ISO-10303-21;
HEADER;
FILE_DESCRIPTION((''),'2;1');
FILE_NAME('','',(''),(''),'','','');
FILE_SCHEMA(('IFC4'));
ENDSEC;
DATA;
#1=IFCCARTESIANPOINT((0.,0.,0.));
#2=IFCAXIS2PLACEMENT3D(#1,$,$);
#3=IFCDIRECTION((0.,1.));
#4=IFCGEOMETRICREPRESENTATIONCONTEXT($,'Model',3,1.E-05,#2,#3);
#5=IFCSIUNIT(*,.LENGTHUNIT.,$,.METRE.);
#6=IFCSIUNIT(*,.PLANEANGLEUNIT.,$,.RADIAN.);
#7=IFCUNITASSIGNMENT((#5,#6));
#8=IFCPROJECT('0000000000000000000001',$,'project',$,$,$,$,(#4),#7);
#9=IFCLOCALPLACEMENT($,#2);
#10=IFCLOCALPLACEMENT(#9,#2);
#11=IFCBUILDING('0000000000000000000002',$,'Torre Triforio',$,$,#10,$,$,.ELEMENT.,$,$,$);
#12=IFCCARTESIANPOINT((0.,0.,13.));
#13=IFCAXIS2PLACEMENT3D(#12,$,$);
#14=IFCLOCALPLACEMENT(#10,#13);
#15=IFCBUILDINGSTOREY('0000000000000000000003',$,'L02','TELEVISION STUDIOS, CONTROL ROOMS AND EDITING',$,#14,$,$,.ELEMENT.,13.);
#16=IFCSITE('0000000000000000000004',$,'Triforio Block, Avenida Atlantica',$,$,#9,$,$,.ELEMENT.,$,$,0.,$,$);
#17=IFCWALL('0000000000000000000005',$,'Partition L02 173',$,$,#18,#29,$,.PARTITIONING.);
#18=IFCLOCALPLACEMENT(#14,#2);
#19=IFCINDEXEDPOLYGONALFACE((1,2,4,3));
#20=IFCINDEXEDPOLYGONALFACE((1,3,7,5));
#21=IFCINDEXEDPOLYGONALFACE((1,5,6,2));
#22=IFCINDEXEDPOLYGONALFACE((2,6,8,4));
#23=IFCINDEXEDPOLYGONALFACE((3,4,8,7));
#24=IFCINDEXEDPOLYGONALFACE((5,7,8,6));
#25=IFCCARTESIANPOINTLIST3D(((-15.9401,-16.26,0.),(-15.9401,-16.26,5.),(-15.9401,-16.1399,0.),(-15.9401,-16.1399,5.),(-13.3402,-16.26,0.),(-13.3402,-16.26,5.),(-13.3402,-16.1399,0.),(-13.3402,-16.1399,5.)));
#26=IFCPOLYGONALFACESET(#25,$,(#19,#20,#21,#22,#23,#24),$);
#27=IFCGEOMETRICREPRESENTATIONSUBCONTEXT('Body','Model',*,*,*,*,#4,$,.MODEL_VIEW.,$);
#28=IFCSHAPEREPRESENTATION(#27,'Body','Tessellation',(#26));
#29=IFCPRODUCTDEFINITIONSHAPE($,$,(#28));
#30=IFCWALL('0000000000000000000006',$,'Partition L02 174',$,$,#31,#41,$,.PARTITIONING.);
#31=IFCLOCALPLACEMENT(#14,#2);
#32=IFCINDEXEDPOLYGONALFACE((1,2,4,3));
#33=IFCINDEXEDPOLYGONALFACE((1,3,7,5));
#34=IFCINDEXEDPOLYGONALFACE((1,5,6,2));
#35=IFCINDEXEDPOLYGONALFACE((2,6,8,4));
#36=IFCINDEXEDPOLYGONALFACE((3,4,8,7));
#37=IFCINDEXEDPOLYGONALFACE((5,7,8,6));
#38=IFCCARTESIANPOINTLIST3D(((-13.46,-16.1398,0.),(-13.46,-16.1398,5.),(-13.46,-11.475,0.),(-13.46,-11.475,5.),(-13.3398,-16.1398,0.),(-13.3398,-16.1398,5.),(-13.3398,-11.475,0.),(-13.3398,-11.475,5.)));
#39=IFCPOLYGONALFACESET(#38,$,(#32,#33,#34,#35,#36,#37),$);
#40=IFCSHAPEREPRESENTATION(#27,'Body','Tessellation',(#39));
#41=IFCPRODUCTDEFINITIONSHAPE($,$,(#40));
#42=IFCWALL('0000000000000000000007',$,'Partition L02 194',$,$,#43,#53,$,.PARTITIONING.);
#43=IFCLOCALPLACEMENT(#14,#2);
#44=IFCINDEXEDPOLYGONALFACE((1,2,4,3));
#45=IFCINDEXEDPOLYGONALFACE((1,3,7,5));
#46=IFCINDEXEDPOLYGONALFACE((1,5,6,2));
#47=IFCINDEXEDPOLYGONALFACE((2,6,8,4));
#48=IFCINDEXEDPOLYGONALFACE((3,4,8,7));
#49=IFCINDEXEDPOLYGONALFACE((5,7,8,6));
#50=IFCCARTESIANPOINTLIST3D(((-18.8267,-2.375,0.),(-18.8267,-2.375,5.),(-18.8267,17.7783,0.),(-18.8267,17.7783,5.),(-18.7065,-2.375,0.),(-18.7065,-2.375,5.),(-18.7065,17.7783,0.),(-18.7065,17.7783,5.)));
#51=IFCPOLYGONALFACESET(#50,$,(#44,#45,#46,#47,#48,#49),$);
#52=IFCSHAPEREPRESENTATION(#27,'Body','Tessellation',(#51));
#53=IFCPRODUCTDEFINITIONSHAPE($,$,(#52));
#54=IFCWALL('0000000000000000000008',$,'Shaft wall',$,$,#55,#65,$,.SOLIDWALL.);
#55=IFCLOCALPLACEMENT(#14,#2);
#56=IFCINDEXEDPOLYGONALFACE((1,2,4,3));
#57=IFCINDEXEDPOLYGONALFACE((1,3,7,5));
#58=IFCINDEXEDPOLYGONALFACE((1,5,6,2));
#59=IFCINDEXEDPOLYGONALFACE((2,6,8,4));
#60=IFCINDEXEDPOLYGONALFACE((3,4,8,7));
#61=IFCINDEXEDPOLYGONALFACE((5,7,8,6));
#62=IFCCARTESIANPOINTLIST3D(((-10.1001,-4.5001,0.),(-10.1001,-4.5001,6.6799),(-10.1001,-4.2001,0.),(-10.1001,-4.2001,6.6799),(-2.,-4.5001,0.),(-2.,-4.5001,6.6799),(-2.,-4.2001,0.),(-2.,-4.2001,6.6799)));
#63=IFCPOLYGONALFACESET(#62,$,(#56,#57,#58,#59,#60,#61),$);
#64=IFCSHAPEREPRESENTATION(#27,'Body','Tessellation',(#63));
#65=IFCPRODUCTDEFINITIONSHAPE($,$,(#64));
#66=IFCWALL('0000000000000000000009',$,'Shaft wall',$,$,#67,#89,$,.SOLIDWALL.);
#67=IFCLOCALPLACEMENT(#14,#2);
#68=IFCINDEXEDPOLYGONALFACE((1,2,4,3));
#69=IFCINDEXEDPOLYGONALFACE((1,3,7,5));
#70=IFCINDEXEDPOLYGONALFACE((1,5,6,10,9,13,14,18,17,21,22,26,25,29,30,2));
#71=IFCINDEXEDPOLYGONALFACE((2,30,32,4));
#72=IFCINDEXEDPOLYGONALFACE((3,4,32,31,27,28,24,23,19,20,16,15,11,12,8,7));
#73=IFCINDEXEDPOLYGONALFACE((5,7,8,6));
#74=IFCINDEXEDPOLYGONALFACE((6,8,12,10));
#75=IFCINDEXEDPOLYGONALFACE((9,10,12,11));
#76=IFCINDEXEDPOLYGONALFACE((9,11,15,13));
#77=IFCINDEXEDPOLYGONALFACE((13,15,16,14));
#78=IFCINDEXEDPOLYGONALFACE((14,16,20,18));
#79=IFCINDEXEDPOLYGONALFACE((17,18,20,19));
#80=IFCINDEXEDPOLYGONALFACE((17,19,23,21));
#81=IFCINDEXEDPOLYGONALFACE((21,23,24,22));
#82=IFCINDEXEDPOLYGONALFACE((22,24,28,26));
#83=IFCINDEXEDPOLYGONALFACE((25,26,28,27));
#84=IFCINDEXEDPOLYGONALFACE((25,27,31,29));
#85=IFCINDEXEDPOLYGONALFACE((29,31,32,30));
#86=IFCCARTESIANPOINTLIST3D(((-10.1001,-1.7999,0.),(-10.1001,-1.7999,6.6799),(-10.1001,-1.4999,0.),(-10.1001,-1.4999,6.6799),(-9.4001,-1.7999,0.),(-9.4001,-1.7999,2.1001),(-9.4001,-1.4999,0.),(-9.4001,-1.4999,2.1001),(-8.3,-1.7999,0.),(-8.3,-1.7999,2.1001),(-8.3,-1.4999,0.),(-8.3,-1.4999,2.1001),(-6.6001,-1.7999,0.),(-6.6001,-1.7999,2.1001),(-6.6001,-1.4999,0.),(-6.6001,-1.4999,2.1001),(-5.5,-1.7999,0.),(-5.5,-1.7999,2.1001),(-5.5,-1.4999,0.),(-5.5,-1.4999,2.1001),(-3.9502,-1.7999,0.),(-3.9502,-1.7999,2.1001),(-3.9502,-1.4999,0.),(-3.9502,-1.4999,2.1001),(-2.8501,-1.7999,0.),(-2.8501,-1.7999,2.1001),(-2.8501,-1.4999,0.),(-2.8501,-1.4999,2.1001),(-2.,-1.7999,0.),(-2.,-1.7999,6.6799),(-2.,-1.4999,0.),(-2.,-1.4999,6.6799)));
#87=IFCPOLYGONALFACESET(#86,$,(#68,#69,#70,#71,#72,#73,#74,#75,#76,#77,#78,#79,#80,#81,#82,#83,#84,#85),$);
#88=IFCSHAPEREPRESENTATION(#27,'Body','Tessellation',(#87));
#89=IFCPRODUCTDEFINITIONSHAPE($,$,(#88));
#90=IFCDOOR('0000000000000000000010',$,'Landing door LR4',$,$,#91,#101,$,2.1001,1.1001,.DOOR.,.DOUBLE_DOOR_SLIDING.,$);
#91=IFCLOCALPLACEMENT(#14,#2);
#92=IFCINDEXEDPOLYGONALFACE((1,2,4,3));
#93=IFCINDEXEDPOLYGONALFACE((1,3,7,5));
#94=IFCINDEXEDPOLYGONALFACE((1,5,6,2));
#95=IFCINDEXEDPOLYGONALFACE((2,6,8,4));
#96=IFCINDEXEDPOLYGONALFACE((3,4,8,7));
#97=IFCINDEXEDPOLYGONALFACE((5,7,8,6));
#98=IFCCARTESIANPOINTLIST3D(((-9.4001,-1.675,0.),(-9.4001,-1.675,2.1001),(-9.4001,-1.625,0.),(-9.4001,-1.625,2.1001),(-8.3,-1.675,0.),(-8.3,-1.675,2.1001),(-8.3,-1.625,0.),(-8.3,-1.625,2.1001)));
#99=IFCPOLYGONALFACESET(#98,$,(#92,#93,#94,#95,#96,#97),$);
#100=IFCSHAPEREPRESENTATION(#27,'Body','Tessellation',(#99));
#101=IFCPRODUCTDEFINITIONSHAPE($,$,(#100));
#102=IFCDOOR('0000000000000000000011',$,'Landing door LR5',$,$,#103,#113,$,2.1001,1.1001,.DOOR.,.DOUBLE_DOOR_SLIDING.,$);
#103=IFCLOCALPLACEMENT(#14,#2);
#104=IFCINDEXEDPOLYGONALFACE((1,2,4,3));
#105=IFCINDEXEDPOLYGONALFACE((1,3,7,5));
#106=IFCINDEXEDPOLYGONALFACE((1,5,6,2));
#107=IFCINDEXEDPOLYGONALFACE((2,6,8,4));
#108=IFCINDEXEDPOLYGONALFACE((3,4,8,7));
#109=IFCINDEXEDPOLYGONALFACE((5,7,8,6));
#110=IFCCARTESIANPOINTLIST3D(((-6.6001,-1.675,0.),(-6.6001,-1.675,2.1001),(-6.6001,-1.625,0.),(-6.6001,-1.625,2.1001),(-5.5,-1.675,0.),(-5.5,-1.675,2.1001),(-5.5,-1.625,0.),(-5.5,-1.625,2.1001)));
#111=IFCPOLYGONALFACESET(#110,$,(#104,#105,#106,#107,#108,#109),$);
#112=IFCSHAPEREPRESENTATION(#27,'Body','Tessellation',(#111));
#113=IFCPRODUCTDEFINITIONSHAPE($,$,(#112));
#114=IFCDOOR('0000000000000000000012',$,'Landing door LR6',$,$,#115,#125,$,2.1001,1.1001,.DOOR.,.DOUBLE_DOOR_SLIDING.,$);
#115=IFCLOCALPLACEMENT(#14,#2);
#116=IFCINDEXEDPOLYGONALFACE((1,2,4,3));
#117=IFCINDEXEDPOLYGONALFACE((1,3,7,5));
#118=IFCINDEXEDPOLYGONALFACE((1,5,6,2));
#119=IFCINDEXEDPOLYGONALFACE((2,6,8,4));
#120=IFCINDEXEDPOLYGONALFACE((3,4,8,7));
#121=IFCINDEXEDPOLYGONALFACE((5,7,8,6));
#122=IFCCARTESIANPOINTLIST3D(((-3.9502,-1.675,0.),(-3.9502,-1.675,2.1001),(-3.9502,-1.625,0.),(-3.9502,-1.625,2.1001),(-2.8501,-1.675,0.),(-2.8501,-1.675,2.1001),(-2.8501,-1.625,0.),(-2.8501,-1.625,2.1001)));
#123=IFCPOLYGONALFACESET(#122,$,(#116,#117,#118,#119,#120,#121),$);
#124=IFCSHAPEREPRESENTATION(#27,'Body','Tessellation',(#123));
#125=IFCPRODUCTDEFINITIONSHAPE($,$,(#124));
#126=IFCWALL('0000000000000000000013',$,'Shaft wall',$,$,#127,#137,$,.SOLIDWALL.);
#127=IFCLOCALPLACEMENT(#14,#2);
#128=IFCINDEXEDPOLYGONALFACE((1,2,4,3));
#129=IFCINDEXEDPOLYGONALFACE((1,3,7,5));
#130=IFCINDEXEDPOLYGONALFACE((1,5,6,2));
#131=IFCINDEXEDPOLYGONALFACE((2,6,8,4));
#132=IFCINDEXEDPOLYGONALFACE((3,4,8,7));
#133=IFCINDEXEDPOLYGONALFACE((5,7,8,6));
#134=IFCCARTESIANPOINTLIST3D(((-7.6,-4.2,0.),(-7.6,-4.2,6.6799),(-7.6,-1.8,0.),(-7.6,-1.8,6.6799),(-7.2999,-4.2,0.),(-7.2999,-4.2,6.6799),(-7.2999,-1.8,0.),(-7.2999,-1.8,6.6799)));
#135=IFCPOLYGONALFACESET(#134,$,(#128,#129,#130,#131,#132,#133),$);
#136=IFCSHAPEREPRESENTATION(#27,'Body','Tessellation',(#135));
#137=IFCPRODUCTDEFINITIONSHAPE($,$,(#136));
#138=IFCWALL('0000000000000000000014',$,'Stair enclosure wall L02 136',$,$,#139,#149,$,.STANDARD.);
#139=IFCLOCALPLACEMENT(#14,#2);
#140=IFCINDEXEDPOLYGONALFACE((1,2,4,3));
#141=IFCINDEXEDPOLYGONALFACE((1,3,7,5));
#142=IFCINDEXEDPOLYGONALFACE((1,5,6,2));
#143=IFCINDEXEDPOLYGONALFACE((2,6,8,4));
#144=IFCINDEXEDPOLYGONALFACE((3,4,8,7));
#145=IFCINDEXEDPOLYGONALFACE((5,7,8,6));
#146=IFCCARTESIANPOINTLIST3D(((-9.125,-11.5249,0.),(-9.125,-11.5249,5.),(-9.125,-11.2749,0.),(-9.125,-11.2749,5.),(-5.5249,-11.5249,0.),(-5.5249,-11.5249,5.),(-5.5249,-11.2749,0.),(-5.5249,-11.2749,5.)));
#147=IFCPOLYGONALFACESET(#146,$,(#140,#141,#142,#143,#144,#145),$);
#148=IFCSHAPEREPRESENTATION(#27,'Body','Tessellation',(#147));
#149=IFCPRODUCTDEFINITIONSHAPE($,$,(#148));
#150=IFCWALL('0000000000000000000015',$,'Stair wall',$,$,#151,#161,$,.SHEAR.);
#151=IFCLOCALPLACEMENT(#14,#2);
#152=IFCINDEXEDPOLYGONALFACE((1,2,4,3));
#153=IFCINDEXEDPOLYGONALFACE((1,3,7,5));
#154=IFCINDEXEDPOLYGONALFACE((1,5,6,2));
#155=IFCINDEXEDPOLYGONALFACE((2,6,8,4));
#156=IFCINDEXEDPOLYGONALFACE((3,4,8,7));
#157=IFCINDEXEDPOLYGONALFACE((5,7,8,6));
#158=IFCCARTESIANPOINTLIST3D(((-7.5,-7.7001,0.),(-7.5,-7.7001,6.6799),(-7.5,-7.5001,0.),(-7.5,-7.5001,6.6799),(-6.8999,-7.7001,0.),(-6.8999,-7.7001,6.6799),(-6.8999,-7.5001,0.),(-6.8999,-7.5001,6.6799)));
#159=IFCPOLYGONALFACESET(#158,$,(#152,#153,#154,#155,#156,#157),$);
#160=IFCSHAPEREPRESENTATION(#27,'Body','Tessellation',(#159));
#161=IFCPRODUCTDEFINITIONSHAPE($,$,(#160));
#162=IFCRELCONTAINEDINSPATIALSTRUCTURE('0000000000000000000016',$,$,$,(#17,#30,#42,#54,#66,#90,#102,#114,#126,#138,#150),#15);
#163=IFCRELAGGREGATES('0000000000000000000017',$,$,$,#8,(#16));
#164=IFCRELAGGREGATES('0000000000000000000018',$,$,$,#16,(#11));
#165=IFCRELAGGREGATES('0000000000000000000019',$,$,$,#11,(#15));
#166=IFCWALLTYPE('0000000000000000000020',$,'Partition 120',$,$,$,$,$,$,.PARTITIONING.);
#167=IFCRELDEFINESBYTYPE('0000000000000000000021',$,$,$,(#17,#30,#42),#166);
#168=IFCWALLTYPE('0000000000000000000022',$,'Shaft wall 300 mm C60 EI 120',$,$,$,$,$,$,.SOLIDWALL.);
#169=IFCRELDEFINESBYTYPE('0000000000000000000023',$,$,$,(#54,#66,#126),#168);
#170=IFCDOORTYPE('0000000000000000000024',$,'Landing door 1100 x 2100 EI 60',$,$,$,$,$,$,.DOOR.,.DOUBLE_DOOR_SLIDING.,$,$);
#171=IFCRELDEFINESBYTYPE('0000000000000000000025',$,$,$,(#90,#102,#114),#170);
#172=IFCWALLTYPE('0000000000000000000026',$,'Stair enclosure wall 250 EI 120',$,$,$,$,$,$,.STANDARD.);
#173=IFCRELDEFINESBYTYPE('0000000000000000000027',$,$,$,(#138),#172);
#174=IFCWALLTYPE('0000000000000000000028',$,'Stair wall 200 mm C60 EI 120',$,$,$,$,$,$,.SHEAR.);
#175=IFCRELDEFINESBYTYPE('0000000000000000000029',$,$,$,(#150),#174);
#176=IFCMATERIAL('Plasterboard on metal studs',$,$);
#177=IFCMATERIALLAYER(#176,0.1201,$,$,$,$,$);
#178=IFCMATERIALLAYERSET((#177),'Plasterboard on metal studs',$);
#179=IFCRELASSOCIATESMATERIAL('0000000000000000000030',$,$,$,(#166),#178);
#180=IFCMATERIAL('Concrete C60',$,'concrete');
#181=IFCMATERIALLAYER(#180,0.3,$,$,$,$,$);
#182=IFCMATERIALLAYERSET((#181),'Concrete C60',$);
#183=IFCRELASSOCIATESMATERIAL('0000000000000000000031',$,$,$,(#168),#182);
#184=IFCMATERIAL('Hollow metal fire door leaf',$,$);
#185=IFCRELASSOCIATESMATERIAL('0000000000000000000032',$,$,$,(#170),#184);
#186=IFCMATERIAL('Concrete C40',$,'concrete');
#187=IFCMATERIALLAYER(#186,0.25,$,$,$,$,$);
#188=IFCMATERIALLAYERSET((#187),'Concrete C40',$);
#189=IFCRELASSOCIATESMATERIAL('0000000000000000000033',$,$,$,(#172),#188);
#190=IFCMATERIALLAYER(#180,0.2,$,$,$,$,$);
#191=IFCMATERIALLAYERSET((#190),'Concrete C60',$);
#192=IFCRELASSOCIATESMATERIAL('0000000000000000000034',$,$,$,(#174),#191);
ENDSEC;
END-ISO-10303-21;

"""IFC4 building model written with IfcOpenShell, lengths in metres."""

from ifc_helpers import new_model, si_unit, direction, frame, frame_2d, origin, place, context, subcontext, project, spatial, rectangle, extrude, material, layer, layer_set, type_object, element, fill, save


model = new_model("IFC4")

# Units and contexts
model_context = context("Model", 3, precision=1e-05, world=origin(), true_north=direction((0.0, 1.0)))
body_context = subcontext(model_context, "Body", "Model", "MODEL_VIEW")
ifc_project = project(units=[si_unit("LENGTHUNIT", "METRE"), si_unit("PLANEANGLEUNIT", "RADIAN")], contexts=[model_context])

# Site, building, storey
site_placement = place(None, origin())
site = spatial("IfcSite", under=ifc_project, at=site_placement, Name="Triforio Block, Avenida Atlantica", CompositionType="ELEMENT", RefElevation=0.0)
building_placement = place(site_placement, origin())
building = spatial("IfcBuilding", under=site, at=building_placement, Name="Torre Triforio", CompositionType="ELEMENT")
storey_placement = place(building_placement, frame((0.0, 0.0, 13.0)))
storey = spatial("IfcBuildingStorey", under=building, at=storey_placement, Name="L02", Description="TELEVISION STUDIOS, CONTROL ROOMS AND EDITING", CompositionType="ELEMENT", Elevation=13.0)

# Shared definitions
ifc_material_1 = material(Name="Concrete C60", Category="concrete")
ifc_material_2 = material(Name="Hollow metal fire door leaf")
ifc_material_3 = material(Name="Plasterboard on metal studs")

# Walls
ifc_layer_1 = layer(ifc_material_3, 0.1201)
ifc_layer_set_1 = layer_set([ifc_layer_1], Name="Plasterboard on metal studs")
wall_type_1 = type_object("IfcWallType", Name="Partition 120", PredefinedType="PARTITIONING", material=ifc_layer_set_1)
wall_1_placement = place(storey_placement, frame((-15.9399, -16.2, 0.0), z_axis=(0.0, 0.0, 1.0), x_axis=(1.0, 0.0, 0.0)))
element("IfcWall", 1, at=wall_1_placement, inside=storey, type_object=wall_type_1, Name="Partition L02 173", PredefinedType="PARTITIONING", context=body_context, shape_type="SweptSolid", body=[
    extrude(rectangle(XDim=2.5999, YDim=0.1201, at=frame_2d((1.2998, 0.0))), origin(), (0.0, 0.0, 1.0), 5.0),
])
wall_2_placement = place(storey_placement, frame((-13.3999, -16.1399, 0.0), z_axis=(0.0, 0.0, 1.0), x_axis=(0.0, 1.0, 0.0)))
element("IfcWall", 2, at=wall_2_placement, inside=storey, type_object=wall_type_1, Name="Partition L02 174", PredefinedType="PARTITIONING", context=body_context, shape_type="SweptSolid", body=[
    extrude(rectangle(XDim=4.6648, YDim=0.1201, at=frame_2d((2.3325, 0.0))), origin(), (0.0, 0.0, 1.0), 5.0),
])
wall_3_placement = place(storey_placement, frame((-18.7666, -2.375, 0.0), z_axis=(0.0, 0.0, 1.0), x_axis=(0.0, 1.0, 0.0)))
element("IfcWall", 3, at=wall_3_placement, inside=storey, type_object=wall_type_1, Name="Partition L02 194", PredefinedType="PARTITIONING", context=body_context, shape_type="SweptSolid", body=[
    extrude(rectangle(XDim=20.1533, YDim=0.1201, at=frame_2d((10.0767, 0.0))), origin(), (0.0, 0.0, 1.0), 5.0),
])
ifc_layer_2 = layer(ifc_material_1, 0.3)
ifc_layer_set_2 = layer_set([ifc_layer_2], Name="Concrete C60")
wall_type_2 = type_object("IfcWallType", Name="Shaft wall 300 mm C60 EI 120", PredefinedType="SOLIDWALL", material=ifc_layer_set_2)
wall_4_placement = place(storey_placement, frame((-10.1001, -4.3501, 0.0), z_axis=(0.0, 0.0, 1.0), x_axis=(1.0, 0.0, 0.0)))
element("IfcWall", 4, at=wall_4_placement, inside=storey, type_object=wall_type_2, Name="Shaft wall", PredefinedType="SOLIDWALL", context=body_context, shape_type="SweptSolid", body=[
    extrude(rectangle(XDim=8.1001, YDim=0.3, at=frame_2d((4.05, 0.0))), origin(), (0.0, 0.0, 1.0), 6.6799),
])

# Wall, openings, doors
wall_5_placement = place(storey_placement, frame((-10.1001, -1.6499, 0.0), z_axis=(0.0, 0.0, 1.0), x_axis=(1.0, 0.0, 0.0)))
wall_5 = element("IfcWall", 5, at=wall_5_placement, inside=storey, type_object=wall_type_2, Name="Shaft wall", PredefinedType="SOLIDWALL", context=body_context, shape_type="SweptSolid", body=[
    extrude(rectangle(XDim=8.1001, YDim=0.3, at=frame_2d((4.05, 0.0))), origin(), (0.0, 0.0, 1.0), 6.6799),
])
opening_1_placement = place(wall_5_placement, frame((0.7, 0.0, 0.0)))
opening_1 = element("IfcOpeningElement", 6, at=opening_1_placement, cuts=wall_5, PredefinedType="OPENING", context=body_context, shape_type="SweptSolid", body=[
    extrude(rectangle(XDim=1.1001, YDim=2.1001, at=frame_2d((0.55, 1.05))), frame((0.0, 0.1599, 0.0), z_axis=(0.0, -1.0, 0.0), x_axis=(1.0, 0.0, 0.0)), (0.0, 0.0, 1.0), 0.3201),
])
opening_2_placement = place(wall_5_placement, frame((3.5, 0.0, 0.0)))
opening_2 = element("IfcOpeningElement", 7, at=opening_2_placement, cuts=wall_5, PredefinedType="OPENING", context=body_context, shape_type="SweptSolid", body=[
    extrude(rectangle(XDim=1.1001, YDim=2.1001, at=frame_2d((0.55, 1.05))), frame((0.0, 0.1599, 0.0), z_axis=(0.0, -1.0, 0.0), x_axis=(1.0, 0.0, 0.0)), (0.0, 0.0, 1.0), 0.3201),
])
opening_3_placement = place(wall_5_placement, frame((6.1499, 0.0, 0.0)))
opening_3 = element("IfcOpeningElement", 8, at=opening_3_placement, cuts=wall_5, PredefinedType="OPENING", context=body_context, shape_type="SweptSolid", body=[
    extrude(rectangle(XDim=1.1001, YDim=2.1001, at=frame_2d((0.55, 1.05))), frame((0.0, 0.1599, 0.0), z_axis=(0.0, -1.0, 0.0), x_axis=(1.0, 0.0, 0.0)), (0.0, 0.0, 1.0), 0.3201),
])
door_type_1 = type_object("IfcDoorType", Name="Landing door 1100 x 2100 EI 60", OperationType="DOUBLE_DOOR_SLIDING", PredefinedType="DOOR", material=ifc_material_2)
door_1_placement = place(opening_1_placement, origin())
door_1 = element("IfcDoor", 9, at=door_1_placement, inside=storey, type_object=door_type_1, Name="Landing door LR4", OperationType="DOUBLE_DOOR_SLIDING", OverallHeight=2.1001, OverallWidth=1.1001, PredefinedType="DOOR", context=body_context, shape_type="SweptSolid", body=[
    extrude(rectangle(XDim=1.1001, YDim=2.1001, at=frame_2d((0.55, 1.05))), frame((0.0, 0.0249, 0.0), z_axis=(0.0, -1.0, 0.0), x_axis=(1.0, 0.0, 0.0)), (0.0, 0.0, 1.0), 0.05),
])
fill(opening_1, door_1)
door_2_placement = place(opening_2_placement, origin())
door_2 = element("IfcDoor", 10, at=door_2_placement, inside=storey, type_object=door_type_1, Name="Landing door LR5", OperationType="DOUBLE_DOOR_SLIDING", OverallHeight=2.1001, OverallWidth=1.1001, PredefinedType="DOOR", context=body_context, shape_type="SweptSolid", body=[
    extrude(rectangle(XDim=1.1001, YDim=2.1001, at=frame_2d((0.55, 1.05))), frame((0.0, 0.0249, 0.0), z_axis=(0.0, -1.0, 0.0), x_axis=(1.0, 0.0, 0.0)), (0.0, 0.0, 1.0), 0.05),
])
fill(opening_2, door_2)
door_3_placement = place(opening_3_placement, origin())
door_3 = element("IfcDoor", 11, at=door_3_placement, inside=storey, type_object=door_type_1, Name="Landing door LR6", OperationType="DOUBLE_DOOR_SLIDING", OverallHeight=2.1001, OverallWidth=1.1001, PredefinedType="DOOR", context=body_context, shape_type="SweptSolid", body=[
    extrude(rectangle(XDim=1.1001, YDim=2.1001, at=frame_2d((0.55, 1.05))), frame((0.0, 0.0249, 0.0), z_axis=(0.0, -1.0, 0.0), x_axis=(1.0, 0.0, 0.0)), (0.0, 0.0, 1.0), 0.05),
])
fill(opening_3, door_3)

# Walls
wall_6_placement = place(storey_placement, frame((-7.45, -4.2, 0.0), z_axis=(0.0, 0.0, 1.0), x_axis=(0.0, 1.0, 0.0)))
element("IfcWall", 12, at=wall_6_placement, inside=storey, type_object=wall_type_2, Name="Shaft wall", PredefinedType="SOLIDWALL", context=body_context, shape_type="SweptSolid", body=[
    extrude(rectangle(XDim=2.3999, YDim=0.3, at=frame_2d((1.2, 0.0))), origin(), (0.0, 0.0, 1.0), 6.6799),
])
ifc_material_4 = material(Name="Concrete C40", Category="concrete")
ifc_layer_3 = layer(ifc_material_4, 0.25)
ifc_layer_set_3 = layer_set([ifc_layer_3], Name="Concrete C40")
wall_type_3 = type_object("IfcWallType", Name="Stair enclosure wall 250 EI 120", PredefinedType="STANDARD", material=ifc_layer_set_3)
wall_7_placement = place(storey_placement, frame((-9.125, -11.3999, 0.0), z_axis=(0.0, 0.0, 1.0), x_axis=(1.0, 0.0, 0.0)))
element("IfcWall", 13, at=wall_7_placement, inside=storey, type_object=wall_type_3, Name="Stair enclosure wall L02 136", PredefinedType="STANDARD", context=body_context, shape_type="SweptSolid", body=[
    extrude(rectangle(XDim=3.6001, YDim=0.25, at=frame_2d((1.8, 0.0))), origin(), (0.0, 0.0, 1.0), 5.0),
])
ifc_layer_4 = layer(ifc_material_1, 0.2)
ifc_layer_set_4 = layer_set([ifc_layer_4], Name="Concrete C60")
wall_type_4 = type_object("IfcWallType", Name="Stair wall 200 mm C60 EI 120", PredefinedType="SHEAR", material=ifc_layer_set_4)
wall_8_placement = place(storey_placement, frame((-7.5, -7.6001, 0.0), z_axis=(0.0, 0.0, 1.0), x_axis=(1.0, 0.0, 0.0)))
element("IfcWall", 14, at=wall_8_placement, inside=storey, type_object=wall_type_4, Name="Stair wall", PredefinedType="SHEAR", context=body_context, shape_type="SweptSolid", body=[
    extrude(rectangle(XDim=0.6001, YDim=0.2, at=frame_2d((0.3, 0.0))), origin(), (0.0, 0.0, 1.0), 6.6799),
])

save(model, "model.ifc")
